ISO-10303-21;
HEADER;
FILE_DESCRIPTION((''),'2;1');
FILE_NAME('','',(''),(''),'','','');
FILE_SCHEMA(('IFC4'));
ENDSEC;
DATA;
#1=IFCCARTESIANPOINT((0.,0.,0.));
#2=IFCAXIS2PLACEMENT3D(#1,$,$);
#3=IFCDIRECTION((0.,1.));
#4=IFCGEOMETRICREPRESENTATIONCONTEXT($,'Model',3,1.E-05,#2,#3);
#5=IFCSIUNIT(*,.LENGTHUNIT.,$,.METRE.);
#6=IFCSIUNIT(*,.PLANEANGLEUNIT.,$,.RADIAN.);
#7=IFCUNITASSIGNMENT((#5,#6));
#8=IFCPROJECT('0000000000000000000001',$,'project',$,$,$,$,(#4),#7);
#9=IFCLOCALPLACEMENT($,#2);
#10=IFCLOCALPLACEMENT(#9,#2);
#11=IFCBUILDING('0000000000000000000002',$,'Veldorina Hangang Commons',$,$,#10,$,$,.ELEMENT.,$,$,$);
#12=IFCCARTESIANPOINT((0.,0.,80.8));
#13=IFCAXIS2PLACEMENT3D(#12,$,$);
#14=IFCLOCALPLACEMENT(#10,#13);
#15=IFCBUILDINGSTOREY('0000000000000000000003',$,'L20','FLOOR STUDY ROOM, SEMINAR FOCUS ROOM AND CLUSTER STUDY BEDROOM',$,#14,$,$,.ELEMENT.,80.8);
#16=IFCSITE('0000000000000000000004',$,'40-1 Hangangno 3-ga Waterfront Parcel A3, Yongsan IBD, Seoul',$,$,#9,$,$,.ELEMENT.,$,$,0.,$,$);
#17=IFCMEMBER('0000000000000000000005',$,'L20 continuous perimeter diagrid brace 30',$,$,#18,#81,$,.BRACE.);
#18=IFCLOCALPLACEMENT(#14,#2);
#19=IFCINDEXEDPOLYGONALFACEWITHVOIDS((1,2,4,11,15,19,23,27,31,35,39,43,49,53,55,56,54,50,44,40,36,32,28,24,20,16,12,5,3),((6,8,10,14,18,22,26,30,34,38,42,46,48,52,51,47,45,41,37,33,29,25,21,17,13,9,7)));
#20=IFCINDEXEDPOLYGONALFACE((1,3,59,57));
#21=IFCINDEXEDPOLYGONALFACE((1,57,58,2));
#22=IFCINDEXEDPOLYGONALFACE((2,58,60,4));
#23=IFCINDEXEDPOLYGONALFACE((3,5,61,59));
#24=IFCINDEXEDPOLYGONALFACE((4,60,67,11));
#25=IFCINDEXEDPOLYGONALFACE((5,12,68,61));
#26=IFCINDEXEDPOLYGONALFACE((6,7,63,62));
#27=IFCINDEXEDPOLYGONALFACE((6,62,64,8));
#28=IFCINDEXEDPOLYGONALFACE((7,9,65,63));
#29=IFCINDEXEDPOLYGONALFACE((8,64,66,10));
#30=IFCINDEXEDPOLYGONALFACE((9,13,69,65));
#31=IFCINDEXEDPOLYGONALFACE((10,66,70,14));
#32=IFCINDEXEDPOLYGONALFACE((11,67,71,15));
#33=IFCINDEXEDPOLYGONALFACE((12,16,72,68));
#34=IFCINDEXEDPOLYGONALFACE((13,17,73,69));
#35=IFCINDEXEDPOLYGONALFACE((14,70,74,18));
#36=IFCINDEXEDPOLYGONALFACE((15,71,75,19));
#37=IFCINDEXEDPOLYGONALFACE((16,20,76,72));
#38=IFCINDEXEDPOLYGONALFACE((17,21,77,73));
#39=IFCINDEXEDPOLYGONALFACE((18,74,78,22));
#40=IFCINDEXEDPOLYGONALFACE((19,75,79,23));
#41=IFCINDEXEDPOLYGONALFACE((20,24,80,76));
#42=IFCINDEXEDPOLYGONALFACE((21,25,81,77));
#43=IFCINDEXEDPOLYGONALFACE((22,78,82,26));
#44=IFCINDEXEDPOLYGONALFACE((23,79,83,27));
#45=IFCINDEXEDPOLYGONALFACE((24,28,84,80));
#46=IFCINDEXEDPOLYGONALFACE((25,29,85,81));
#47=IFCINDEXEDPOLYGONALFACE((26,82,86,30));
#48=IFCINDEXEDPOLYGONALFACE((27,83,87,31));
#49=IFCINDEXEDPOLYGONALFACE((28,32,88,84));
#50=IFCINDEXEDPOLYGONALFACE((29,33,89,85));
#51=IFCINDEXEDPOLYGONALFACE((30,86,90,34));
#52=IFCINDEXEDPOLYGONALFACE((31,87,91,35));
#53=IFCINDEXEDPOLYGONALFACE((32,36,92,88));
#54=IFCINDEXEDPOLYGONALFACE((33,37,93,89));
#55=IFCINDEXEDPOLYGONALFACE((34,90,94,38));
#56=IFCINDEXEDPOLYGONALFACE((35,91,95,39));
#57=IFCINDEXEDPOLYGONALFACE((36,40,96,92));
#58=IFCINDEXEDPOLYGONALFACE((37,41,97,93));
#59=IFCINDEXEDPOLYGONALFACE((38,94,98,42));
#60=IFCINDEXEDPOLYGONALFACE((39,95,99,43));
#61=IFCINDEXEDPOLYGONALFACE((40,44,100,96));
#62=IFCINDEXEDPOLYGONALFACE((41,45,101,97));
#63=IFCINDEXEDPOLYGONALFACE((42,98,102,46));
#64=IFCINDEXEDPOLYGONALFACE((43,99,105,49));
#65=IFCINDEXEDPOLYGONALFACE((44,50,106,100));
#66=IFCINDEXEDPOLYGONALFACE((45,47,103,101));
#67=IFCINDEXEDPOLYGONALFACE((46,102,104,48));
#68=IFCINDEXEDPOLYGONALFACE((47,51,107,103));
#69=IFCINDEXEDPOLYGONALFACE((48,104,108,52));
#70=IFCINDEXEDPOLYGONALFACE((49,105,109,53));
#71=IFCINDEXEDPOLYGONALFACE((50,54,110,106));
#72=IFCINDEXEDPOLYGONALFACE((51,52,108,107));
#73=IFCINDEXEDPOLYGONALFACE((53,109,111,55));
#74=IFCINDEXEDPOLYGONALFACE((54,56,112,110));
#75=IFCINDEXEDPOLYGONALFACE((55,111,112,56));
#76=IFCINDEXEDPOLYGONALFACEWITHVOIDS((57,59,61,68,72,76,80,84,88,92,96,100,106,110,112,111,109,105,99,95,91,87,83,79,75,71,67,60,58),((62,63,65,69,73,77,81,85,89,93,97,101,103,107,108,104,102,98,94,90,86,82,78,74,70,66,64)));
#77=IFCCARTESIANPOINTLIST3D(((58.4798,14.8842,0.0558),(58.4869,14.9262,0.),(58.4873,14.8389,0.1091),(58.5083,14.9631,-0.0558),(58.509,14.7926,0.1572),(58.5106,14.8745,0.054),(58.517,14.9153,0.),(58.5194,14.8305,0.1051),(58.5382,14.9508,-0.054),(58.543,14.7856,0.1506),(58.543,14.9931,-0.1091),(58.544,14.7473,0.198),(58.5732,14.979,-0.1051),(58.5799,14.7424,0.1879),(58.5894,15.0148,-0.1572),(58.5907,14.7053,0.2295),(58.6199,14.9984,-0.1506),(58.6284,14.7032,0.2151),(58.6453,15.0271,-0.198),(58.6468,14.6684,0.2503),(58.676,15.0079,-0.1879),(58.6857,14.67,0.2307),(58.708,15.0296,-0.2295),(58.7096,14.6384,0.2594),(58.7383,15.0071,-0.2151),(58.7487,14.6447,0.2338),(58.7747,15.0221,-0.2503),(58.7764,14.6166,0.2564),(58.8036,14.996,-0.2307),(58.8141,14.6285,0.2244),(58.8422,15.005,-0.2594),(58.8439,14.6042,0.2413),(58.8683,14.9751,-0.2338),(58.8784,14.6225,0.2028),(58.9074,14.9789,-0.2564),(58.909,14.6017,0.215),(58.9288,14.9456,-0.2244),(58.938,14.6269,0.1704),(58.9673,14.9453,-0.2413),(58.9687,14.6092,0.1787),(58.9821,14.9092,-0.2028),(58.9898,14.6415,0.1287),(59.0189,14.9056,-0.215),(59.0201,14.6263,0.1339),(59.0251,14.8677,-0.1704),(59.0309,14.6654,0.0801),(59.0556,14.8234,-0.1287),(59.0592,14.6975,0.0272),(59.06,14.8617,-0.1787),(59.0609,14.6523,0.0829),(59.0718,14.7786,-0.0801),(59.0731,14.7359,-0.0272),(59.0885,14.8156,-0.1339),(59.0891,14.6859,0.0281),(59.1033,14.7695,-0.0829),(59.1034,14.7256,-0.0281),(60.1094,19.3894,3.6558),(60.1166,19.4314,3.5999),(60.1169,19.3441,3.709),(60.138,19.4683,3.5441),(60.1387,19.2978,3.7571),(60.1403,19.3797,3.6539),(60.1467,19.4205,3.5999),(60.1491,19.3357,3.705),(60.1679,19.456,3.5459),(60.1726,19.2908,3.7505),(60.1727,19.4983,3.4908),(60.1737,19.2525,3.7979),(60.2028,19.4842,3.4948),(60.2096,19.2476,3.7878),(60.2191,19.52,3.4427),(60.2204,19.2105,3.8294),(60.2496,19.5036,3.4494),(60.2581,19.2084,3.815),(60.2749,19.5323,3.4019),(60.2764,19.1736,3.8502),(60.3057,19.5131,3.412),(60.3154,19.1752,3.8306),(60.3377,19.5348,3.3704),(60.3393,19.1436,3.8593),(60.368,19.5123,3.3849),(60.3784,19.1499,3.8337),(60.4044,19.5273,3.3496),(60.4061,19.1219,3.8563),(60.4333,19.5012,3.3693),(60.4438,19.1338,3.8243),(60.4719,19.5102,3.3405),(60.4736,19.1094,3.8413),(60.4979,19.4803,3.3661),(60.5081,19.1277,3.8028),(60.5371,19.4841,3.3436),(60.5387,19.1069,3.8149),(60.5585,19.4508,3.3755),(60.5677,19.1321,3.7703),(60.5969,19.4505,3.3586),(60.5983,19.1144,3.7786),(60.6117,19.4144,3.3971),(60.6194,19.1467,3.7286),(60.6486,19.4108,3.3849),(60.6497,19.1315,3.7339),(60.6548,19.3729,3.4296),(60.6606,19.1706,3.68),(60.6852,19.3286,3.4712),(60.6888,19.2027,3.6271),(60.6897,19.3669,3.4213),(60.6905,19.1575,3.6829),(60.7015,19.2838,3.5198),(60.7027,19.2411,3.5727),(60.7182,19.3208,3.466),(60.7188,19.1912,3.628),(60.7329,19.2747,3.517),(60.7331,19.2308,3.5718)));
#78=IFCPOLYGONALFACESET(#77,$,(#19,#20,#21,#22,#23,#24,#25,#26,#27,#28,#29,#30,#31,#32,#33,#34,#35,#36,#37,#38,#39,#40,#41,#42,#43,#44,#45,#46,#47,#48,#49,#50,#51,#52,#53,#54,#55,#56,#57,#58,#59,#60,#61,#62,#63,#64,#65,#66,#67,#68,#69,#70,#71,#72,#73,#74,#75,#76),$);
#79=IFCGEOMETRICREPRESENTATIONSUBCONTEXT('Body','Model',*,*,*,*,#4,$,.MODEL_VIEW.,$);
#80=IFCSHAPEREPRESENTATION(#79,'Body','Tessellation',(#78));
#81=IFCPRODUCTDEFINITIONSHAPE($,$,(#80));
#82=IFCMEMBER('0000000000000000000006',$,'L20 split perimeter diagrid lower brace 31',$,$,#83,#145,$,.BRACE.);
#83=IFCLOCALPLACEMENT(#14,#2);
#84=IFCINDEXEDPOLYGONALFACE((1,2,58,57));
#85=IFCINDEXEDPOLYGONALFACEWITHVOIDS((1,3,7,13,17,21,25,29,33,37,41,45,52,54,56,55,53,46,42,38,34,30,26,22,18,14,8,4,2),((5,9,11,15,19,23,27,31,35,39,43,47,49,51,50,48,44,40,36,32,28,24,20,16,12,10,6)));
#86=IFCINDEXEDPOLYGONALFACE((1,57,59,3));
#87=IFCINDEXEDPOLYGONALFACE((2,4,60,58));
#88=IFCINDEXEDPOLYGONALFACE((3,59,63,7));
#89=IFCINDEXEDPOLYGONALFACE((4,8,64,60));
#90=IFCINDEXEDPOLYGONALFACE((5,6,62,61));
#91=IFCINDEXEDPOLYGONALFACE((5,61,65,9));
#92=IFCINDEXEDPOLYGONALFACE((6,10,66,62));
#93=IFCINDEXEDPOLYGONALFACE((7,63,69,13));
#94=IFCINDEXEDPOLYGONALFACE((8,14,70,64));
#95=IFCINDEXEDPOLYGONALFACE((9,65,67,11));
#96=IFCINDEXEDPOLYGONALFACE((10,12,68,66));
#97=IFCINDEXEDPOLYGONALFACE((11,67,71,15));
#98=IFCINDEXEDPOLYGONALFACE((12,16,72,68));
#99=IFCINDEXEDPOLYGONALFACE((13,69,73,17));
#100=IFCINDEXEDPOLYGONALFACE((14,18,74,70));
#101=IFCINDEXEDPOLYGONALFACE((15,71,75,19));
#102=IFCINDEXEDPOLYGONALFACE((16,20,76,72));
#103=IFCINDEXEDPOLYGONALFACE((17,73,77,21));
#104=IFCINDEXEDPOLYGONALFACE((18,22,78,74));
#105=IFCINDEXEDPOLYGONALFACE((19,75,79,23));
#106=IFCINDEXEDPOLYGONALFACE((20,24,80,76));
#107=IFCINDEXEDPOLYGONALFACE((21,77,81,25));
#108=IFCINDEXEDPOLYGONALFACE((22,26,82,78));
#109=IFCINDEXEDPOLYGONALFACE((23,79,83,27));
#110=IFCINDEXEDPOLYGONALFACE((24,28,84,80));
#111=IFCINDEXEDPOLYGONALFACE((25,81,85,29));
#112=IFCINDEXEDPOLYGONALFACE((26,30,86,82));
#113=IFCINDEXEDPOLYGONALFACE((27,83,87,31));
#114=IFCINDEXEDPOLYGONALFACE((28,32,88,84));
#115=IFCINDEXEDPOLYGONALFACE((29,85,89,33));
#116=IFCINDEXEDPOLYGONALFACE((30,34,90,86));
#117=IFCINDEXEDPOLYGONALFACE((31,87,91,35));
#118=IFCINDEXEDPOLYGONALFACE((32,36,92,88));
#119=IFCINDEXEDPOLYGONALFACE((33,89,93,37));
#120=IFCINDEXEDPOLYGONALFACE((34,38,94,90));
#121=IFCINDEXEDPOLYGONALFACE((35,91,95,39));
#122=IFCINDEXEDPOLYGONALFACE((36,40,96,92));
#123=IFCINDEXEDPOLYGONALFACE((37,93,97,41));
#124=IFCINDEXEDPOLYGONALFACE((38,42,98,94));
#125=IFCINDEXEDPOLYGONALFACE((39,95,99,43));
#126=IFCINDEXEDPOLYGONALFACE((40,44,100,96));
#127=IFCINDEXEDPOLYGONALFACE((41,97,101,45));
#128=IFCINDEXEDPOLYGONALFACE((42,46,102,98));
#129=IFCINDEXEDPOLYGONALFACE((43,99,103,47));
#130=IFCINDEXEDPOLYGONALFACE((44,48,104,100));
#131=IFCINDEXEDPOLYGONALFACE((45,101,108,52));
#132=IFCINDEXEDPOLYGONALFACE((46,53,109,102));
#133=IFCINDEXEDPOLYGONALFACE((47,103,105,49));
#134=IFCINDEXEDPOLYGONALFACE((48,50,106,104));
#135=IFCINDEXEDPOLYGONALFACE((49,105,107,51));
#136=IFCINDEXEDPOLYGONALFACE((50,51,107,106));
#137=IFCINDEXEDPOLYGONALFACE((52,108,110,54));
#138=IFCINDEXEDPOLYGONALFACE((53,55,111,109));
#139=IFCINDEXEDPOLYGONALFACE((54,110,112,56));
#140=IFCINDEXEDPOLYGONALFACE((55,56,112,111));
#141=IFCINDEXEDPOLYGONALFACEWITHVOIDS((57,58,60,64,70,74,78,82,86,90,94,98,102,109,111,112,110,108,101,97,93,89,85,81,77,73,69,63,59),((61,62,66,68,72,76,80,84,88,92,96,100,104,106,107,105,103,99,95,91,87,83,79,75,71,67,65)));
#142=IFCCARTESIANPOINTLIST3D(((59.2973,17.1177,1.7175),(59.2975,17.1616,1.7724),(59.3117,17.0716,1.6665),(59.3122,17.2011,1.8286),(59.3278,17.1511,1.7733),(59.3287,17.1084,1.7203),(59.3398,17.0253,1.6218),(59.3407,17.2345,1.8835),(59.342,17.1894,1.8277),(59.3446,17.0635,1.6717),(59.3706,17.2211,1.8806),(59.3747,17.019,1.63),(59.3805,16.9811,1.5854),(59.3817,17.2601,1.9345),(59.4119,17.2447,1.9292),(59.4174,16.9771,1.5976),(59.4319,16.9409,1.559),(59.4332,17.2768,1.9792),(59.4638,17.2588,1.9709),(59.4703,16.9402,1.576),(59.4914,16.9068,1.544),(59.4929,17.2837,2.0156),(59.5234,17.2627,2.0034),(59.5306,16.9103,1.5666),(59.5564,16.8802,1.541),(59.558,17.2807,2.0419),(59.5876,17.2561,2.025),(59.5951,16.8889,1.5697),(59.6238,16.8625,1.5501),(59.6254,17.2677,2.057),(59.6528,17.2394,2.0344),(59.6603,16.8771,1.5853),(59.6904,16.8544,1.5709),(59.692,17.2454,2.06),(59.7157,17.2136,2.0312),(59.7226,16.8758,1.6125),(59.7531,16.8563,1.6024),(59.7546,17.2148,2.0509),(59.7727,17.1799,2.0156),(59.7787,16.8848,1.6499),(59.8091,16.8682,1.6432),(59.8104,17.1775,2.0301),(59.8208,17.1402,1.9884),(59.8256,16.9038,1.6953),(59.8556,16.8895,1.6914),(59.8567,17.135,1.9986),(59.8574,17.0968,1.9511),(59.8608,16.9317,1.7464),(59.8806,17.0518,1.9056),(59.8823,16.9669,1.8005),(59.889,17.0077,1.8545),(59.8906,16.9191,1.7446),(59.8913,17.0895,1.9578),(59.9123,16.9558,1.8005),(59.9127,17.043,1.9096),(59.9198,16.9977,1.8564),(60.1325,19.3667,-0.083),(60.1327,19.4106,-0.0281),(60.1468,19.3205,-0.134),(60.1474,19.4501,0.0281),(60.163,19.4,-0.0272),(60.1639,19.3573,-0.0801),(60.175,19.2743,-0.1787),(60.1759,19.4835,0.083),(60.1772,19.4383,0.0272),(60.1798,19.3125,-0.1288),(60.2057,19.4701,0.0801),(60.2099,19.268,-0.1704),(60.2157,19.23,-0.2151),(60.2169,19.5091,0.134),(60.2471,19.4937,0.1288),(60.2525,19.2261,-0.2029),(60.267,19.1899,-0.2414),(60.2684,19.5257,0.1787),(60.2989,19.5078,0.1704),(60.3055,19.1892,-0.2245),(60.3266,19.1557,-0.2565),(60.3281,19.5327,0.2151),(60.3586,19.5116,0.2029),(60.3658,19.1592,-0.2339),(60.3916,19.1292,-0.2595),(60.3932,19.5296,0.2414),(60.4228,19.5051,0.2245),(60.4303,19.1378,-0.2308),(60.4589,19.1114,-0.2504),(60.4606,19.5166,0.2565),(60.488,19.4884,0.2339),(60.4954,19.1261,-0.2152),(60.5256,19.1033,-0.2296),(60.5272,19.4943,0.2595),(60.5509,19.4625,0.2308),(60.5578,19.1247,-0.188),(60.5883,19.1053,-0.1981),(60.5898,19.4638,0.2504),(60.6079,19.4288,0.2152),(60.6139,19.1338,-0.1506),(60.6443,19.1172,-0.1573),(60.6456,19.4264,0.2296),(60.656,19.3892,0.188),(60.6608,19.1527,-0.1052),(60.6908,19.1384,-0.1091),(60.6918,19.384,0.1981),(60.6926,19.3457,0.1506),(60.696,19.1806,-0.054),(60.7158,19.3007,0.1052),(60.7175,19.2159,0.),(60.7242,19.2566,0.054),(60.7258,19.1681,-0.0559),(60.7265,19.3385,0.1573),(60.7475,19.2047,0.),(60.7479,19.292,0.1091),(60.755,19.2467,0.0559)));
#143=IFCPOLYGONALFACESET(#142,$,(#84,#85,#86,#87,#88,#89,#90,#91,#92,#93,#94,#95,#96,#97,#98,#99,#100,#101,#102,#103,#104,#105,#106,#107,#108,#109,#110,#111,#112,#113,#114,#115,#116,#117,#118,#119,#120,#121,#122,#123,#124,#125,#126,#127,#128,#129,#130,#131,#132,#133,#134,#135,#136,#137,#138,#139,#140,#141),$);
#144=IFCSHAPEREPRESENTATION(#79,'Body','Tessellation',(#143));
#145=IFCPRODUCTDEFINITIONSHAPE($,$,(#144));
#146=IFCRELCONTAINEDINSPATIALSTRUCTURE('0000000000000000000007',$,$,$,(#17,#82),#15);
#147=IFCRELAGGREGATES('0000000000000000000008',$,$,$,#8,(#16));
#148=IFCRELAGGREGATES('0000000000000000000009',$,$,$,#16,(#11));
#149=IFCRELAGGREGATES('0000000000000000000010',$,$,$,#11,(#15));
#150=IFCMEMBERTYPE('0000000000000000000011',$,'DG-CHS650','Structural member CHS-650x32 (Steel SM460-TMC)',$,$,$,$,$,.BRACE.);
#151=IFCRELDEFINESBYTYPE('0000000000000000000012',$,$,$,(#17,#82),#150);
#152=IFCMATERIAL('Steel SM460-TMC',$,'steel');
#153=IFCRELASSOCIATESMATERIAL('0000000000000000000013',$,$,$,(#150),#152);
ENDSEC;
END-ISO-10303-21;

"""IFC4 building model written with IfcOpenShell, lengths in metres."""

from ifc_helpers import new_model, si_unit, direction, frame, origin, origin_2d, place, context, subcontext, project, spatial, hollow_circle, extrude, material, material_profile, profile_set, type_object, element, save


model = new_model("IFC4")

# Units and contexts
model_context = context("Model", 3, precision=1e-05, world=origin(), true_north=direction((0.0, 1.0)))
body_context = subcontext(model_context, "Body", "Model", "MODEL_VIEW")
ifc_project = project(units=[si_unit("LENGTHUNIT", "METRE"), si_unit("PLANEANGLEUNIT", "RADIAN")], contexts=[model_context])

# Site, building, storey
site_placement = place(None, origin())
site = spatial("IfcSite", under=ifc_project, at=site_placement, Name="40-1 Hangangno 3-ga Waterfront Parcel A3, Yongsan IBD, Seoul", CompositionType="ELEMENT", RefElevation=0.0)
building_placement = place(site_placement, origin())
building = spatial("IfcBuilding", under=site, at=building_placement, Name="Veldorina Hangang Commons", CompositionType="ELEMENT")
storey_placement = place(building_placement, frame((0.0, 0.0, 80.8)))
storey = spatial("IfcBuildingStorey", under=building, at=storey_placement, Name="L20", Description="FLOOR STUDY ROOM, SEMINAR FOCUS ROOM AND CLUSTER STUDY BEDROOM", CompositionType="ELEMENT", Elevation=80.8)

# Members
ifc_material_1 = material(Name="Steel SM460-TMC", Category="steel")
ifc_material_profile_1 = material_profile(ifc_material_1, hollow_circle(Radius=0.325, WallThickness=0.032, at=origin_2d()), Name="CHS-650x32")
ifc_profile_set_1 = profile_set([ifc_material_profile_1], Name="Steel SM460-TMC")
member_type_1 = type_object("IfcMemberType", Name="DG-CHS650", Description="Structural member CHS-650x32 (Steel SM460-TMC)", PredefinedType="BRACE", material=ifc_profile_set_1)
member_1_placement = place(storey_placement, frame((58.7925, 14.8157, 0.0), z_axis=(0.271943, 0.751786, 0.60072), x_axis=(-0.940368, 0.340159, 0.0)))
element("IfcMember", 1, at=member_1_placement, inside=storey, type_object=member_type_1, Name="L20 continuous perimeter diagrid brace 30", PredefinedType="BRACE", context=body_context, shape_type="SweptSolid", body=[
    extrude(hollow_circle(Radius=0.325, WallThickness=0.032, at=origin_2d()), origin(), (0.0, 0.0, 1.0), 5.9927),
])
member_2_placement = place(storey_placement, frame((60.4429, 19.3179, 0.0), z_axis=(-0.278439, -0.749774, 0.600259), x_axis=(0.937445, -0.348133, 0.0)))
element("IfcMember", 2, at=member_2_placement, inside=storey, type_object=member_type_1, Name="L20 split perimeter diagrid lower brace 31", PredefinedType="BRACE", context=body_context, shape_type="SweptSolid", body=[
    extrude(hollow_circle(Radius=0.325, WallThickness=0.032, at=origin_2d()), origin(), (0.0, 0.0, 1.0), 2.9995),
])

save(model, "model.ifc")
